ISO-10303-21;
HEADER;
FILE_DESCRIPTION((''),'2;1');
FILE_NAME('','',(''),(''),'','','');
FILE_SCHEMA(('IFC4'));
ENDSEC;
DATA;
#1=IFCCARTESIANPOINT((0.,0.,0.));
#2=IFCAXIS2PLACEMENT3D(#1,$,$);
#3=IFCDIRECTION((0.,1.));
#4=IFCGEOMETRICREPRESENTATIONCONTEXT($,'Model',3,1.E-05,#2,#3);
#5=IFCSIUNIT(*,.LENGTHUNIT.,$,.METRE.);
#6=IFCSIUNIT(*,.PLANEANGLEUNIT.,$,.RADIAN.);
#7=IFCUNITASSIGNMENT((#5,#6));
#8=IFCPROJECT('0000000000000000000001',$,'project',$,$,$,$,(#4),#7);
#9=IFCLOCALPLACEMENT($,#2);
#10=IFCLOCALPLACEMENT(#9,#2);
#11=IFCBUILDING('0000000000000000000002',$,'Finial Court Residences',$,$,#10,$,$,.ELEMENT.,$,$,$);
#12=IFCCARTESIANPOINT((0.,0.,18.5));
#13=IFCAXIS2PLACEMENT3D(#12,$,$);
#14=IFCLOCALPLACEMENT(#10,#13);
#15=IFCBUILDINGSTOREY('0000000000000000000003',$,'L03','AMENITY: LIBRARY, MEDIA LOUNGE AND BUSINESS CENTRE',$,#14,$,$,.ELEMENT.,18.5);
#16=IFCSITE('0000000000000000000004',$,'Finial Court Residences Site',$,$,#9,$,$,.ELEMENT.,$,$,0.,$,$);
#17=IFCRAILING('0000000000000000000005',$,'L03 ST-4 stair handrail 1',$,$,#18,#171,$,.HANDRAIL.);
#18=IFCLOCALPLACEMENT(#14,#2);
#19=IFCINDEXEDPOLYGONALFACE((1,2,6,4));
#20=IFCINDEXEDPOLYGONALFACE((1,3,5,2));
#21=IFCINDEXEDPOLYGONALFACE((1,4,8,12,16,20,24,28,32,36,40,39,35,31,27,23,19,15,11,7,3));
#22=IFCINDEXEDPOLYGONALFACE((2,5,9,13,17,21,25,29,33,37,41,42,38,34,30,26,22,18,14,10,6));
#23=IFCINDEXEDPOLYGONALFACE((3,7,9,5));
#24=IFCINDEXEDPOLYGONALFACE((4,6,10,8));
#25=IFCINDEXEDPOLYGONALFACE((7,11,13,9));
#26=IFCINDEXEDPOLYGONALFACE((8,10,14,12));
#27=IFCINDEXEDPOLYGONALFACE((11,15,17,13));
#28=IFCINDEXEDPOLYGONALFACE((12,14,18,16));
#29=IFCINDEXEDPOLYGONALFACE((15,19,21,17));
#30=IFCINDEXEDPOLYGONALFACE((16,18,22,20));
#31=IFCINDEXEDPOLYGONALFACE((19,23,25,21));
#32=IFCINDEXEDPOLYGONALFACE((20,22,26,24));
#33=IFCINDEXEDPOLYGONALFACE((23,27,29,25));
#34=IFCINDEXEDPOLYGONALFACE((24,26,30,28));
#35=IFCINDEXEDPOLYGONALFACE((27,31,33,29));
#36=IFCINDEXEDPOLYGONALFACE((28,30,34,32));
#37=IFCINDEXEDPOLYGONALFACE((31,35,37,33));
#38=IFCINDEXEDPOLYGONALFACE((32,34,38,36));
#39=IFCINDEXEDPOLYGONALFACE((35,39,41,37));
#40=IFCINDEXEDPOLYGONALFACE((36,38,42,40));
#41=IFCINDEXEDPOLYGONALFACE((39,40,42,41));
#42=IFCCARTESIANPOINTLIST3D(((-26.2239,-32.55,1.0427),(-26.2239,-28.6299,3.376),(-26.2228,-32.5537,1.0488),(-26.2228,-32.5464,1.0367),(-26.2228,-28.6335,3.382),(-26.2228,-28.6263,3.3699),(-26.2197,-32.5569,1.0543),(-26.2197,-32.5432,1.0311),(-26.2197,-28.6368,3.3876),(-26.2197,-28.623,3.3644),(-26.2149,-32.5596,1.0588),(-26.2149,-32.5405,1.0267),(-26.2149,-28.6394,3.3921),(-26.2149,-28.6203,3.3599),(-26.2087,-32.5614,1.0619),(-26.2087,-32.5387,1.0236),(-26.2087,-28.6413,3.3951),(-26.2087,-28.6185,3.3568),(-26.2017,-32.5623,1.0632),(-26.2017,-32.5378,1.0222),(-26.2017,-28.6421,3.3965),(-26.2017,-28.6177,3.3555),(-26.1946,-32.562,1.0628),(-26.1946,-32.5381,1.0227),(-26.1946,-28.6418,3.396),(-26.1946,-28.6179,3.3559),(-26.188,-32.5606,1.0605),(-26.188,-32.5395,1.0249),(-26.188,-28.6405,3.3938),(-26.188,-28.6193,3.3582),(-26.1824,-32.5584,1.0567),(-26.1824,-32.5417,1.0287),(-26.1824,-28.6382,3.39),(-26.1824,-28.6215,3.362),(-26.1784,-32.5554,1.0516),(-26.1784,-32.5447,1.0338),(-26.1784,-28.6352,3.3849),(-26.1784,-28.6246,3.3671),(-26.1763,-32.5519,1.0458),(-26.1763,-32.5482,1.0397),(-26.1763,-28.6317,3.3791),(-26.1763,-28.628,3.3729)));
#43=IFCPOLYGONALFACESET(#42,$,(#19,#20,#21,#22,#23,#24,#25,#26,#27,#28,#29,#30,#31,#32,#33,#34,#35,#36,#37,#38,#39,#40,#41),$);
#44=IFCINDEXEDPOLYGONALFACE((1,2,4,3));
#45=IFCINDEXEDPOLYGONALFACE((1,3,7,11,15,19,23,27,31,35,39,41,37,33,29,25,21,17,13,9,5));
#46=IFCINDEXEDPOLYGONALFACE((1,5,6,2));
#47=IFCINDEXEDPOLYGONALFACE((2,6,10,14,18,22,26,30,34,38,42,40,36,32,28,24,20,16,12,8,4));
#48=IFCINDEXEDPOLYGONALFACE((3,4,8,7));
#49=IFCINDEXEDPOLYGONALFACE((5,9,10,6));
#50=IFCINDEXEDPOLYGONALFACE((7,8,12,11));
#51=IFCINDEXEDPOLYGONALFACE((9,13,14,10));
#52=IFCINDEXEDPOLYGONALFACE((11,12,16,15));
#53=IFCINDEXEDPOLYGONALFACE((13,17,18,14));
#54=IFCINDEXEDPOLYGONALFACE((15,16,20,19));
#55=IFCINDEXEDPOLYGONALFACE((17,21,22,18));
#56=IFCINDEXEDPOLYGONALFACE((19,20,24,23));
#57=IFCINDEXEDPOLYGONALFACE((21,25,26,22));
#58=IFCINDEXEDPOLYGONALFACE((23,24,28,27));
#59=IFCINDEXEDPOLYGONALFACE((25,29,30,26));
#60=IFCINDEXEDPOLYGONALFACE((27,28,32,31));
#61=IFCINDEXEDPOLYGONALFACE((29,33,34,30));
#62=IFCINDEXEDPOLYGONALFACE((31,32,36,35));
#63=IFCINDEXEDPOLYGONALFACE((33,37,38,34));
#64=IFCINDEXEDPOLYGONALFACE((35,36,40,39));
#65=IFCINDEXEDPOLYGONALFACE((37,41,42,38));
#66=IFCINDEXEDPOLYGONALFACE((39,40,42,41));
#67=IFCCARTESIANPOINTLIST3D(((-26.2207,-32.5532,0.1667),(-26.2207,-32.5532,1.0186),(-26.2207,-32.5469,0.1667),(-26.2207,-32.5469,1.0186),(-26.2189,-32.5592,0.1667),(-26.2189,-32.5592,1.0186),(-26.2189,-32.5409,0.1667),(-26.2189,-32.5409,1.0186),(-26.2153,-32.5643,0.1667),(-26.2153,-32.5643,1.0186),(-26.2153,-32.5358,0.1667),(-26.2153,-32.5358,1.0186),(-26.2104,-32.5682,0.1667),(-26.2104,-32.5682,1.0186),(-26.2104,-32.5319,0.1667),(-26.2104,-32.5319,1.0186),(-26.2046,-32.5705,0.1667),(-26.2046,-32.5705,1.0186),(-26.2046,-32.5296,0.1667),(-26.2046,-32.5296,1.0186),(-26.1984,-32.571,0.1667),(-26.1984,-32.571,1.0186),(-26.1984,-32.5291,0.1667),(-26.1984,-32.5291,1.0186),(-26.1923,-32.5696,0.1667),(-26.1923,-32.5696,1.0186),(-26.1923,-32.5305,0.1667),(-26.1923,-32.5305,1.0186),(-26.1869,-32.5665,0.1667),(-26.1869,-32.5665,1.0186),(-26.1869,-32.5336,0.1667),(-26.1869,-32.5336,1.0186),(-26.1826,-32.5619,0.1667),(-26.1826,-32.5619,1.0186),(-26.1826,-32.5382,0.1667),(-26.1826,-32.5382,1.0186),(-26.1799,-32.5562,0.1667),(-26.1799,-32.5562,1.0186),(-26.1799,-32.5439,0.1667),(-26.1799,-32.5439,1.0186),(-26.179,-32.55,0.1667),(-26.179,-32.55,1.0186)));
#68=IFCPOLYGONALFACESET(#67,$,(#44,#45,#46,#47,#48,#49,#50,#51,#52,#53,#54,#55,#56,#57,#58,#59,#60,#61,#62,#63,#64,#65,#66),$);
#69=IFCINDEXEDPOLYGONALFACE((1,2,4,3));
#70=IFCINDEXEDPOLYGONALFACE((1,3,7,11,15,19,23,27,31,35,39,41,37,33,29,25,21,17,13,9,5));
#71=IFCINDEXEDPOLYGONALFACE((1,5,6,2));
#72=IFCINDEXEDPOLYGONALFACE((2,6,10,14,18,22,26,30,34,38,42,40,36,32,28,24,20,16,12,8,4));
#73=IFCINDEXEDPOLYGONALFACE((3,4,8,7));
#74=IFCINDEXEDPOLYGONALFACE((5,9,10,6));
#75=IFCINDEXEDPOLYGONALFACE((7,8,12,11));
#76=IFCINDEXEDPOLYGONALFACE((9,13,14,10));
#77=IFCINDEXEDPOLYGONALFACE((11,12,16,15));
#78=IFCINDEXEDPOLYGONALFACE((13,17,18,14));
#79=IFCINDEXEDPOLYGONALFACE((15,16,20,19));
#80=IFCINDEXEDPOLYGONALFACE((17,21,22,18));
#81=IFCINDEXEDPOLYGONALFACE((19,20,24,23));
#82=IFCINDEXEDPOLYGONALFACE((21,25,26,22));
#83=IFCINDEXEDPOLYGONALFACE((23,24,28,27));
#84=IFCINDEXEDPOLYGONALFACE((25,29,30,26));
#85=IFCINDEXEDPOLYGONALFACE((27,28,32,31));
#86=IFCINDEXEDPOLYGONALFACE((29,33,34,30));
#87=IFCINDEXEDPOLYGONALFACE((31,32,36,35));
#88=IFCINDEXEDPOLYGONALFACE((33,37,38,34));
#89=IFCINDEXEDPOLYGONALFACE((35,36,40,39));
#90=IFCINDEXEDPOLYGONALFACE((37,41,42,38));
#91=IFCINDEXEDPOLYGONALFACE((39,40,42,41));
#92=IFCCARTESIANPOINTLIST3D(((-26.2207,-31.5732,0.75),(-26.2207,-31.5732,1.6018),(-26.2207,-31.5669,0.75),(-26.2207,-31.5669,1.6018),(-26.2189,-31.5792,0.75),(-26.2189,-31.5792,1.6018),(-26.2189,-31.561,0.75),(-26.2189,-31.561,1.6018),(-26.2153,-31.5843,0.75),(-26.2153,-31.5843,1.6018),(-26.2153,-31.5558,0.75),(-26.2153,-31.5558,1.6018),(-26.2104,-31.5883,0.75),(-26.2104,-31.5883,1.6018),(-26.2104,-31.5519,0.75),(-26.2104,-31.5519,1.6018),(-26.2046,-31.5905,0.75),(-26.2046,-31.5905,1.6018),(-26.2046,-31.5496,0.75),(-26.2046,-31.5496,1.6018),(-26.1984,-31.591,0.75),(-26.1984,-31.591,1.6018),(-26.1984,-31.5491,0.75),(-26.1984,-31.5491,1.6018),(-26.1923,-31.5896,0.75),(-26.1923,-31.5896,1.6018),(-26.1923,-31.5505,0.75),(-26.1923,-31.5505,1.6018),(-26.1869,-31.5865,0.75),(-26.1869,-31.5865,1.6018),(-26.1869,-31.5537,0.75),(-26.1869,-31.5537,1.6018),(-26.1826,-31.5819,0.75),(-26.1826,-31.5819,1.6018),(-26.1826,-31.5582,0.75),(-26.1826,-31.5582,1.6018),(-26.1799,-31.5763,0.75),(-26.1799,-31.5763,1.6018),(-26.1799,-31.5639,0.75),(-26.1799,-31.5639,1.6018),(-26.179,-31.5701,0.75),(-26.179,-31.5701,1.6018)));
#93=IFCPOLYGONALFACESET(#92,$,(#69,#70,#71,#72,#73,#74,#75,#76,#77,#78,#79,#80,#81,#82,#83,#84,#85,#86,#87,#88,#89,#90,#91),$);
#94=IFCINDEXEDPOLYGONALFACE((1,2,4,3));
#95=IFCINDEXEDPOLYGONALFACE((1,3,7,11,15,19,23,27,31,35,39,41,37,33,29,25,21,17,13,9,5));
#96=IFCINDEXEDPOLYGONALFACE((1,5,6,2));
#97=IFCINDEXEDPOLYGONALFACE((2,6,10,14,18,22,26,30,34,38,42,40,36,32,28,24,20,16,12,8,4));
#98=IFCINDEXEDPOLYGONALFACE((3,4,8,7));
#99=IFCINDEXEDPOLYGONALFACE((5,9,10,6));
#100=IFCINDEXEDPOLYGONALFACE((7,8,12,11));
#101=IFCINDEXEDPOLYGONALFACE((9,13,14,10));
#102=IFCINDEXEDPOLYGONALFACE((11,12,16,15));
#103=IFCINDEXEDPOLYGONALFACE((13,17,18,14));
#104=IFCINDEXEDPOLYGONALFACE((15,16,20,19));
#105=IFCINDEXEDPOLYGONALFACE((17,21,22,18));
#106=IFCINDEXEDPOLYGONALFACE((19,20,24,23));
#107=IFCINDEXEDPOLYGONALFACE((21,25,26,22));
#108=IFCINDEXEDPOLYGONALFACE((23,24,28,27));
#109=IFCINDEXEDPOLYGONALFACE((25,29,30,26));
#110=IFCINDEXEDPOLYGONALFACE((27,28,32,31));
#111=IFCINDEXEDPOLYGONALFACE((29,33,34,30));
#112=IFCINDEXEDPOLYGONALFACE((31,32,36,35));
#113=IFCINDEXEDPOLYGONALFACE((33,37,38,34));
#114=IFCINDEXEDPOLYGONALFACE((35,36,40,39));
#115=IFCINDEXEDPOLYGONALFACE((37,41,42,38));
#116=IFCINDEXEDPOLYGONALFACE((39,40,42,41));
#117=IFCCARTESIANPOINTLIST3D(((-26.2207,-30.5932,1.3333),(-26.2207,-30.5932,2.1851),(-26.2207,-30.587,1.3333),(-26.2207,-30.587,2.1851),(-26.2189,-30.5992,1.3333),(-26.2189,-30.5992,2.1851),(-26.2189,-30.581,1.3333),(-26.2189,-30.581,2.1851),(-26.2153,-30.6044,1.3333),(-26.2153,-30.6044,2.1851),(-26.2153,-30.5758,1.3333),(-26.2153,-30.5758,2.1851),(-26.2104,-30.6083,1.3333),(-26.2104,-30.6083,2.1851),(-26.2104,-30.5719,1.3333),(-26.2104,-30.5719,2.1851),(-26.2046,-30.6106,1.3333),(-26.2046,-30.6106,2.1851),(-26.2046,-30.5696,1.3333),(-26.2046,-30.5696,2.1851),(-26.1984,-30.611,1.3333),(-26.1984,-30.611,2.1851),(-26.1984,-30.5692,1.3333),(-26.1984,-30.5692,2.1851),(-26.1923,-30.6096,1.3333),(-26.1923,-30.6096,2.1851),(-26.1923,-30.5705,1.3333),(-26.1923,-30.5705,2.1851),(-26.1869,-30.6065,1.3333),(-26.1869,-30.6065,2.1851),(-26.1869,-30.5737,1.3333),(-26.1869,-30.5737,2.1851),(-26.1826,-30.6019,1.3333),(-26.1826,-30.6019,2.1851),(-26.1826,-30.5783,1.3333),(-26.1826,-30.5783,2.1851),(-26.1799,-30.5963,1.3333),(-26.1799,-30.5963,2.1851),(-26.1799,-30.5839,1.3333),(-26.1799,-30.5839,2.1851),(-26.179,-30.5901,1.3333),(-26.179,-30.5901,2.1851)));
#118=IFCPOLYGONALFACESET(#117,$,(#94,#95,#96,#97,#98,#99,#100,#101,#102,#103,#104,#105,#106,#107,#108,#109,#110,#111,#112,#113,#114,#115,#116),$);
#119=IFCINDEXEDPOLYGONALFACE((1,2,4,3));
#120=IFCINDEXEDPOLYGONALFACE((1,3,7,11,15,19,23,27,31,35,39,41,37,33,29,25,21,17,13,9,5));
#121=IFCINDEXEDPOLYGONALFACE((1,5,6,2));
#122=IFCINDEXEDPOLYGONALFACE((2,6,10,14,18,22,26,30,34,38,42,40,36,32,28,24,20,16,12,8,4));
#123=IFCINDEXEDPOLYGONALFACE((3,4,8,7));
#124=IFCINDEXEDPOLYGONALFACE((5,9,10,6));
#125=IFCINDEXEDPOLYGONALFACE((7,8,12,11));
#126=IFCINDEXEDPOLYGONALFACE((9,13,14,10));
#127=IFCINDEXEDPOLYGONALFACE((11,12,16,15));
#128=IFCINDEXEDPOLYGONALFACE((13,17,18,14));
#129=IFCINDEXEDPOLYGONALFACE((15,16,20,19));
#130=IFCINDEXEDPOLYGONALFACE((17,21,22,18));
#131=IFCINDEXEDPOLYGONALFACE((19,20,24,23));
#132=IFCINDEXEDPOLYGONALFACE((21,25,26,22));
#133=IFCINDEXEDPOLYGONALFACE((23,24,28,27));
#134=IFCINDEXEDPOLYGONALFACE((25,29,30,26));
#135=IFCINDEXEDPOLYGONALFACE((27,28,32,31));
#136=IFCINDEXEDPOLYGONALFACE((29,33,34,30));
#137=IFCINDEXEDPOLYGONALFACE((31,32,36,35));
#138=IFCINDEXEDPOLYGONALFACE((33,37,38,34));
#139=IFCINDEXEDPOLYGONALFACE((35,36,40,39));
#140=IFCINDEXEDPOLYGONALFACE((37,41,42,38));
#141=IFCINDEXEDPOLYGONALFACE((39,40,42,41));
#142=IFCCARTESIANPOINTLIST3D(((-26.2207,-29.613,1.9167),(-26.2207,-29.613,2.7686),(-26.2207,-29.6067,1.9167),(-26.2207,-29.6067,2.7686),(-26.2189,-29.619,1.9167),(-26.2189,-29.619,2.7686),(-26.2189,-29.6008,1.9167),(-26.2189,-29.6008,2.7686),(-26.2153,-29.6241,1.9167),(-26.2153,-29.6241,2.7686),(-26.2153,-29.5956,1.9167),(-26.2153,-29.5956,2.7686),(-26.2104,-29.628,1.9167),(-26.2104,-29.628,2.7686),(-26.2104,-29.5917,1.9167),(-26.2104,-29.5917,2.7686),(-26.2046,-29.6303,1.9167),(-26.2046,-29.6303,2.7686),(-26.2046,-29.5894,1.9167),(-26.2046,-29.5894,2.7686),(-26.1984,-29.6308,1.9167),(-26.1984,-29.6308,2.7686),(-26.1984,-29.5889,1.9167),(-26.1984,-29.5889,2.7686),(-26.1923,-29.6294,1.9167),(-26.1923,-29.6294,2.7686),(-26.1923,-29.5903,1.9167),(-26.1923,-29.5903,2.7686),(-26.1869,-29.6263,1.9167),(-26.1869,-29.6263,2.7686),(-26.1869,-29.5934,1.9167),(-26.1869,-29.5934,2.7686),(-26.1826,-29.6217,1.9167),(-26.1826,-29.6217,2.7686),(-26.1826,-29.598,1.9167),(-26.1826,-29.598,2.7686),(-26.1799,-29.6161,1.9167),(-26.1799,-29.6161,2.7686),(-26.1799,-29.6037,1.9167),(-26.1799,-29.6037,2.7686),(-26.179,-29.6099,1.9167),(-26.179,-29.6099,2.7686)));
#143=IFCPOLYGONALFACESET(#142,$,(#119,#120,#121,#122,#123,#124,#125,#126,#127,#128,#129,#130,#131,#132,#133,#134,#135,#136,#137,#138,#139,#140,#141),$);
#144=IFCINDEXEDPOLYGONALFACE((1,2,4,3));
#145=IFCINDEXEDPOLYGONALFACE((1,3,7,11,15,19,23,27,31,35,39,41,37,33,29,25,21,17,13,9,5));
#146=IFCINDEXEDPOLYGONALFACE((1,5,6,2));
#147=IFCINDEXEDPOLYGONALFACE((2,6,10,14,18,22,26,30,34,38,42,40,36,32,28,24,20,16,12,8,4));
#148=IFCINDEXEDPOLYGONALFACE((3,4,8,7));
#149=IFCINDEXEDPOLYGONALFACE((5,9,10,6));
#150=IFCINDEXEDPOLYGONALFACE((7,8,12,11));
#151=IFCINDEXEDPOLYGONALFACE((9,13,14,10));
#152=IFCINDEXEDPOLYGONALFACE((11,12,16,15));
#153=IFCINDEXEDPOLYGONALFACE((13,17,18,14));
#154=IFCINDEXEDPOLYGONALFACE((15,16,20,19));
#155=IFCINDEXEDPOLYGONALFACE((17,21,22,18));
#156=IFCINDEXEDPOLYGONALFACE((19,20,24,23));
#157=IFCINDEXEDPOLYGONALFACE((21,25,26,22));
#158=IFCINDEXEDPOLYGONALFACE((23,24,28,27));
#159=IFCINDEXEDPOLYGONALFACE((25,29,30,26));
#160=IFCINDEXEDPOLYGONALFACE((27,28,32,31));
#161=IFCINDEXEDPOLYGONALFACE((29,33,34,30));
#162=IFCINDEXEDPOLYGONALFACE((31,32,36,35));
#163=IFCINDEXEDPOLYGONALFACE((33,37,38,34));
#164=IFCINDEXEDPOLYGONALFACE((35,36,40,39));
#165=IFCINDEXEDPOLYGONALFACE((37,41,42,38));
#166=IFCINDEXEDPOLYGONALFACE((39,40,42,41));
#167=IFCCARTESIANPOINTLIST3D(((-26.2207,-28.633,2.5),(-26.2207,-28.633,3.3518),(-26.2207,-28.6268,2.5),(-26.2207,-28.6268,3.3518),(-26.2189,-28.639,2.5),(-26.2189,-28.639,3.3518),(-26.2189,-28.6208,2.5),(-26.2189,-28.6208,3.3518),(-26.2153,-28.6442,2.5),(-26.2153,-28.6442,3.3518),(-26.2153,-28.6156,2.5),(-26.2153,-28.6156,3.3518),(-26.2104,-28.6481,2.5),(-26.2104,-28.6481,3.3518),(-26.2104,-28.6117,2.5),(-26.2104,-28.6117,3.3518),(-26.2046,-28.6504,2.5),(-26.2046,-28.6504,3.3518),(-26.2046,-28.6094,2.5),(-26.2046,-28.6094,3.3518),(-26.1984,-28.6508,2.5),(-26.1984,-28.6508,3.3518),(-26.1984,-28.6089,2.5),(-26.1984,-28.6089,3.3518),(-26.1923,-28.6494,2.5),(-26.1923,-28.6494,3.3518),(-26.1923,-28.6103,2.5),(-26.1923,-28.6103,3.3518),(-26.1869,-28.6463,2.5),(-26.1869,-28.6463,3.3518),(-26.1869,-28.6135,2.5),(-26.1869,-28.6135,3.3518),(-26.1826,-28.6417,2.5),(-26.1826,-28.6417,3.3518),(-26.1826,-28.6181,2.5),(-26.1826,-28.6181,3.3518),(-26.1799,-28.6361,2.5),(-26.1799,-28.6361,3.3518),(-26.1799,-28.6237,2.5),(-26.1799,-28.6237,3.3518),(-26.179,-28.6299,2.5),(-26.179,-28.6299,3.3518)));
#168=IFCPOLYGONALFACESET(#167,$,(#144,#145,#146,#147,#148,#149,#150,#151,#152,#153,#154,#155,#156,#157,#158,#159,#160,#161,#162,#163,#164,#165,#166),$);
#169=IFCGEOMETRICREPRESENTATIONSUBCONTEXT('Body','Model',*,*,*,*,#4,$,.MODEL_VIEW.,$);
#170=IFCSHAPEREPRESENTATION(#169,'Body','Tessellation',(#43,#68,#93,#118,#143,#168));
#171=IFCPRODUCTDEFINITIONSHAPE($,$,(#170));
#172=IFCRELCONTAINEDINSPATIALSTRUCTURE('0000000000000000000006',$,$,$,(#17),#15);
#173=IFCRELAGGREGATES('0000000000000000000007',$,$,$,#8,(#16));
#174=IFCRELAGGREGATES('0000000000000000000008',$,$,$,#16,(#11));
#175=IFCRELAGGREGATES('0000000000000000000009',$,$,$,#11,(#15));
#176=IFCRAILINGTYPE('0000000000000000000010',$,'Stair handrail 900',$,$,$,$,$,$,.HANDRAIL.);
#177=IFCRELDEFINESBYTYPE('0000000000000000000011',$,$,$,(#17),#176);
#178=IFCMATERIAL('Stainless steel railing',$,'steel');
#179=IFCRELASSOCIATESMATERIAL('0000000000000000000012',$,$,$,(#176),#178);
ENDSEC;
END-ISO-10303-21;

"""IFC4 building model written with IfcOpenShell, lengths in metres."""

from ifc_helpers import new_model, si_unit, direction, frame, origin, origin_2d, place, context, subcontext, project, spatial, circle, extrude, material, type_object, element, save


model = new_model("IFC4")

# Units and contexts
model_context = context("Model", 3, precision=1e-05, world=origin(), true_north=direction((0.0, 1.0)))
body_context = subcontext(model_context, "Body", "Model", "MODEL_VIEW")
ifc_project = project(units=[si_unit("LENGTHUNIT", "METRE"), si_unit("PLANEANGLEUNIT", "RADIAN")], contexts=[model_context])

# Site, building, storey
site_placement = place(None, origin())
site = spatial("IfcSite", under=ifc_project, at=site_placement, Name="Finial Court Residences Site", CompositionType="ELEMENT", RefElevation=0.0)
building_placement = place(site_placement, origin())
building = spatial("IfcBuilding", under=site, at=building_placement, Name="Finial Court Residences", CompositionType="ELEMENT")
storey_placement = place(building_placement, frame((0.0, 0.0, 18.5)))
storey = spatial("IfcBuildingStorey", under=building, at=storey_placement, Name="L03", Description="AMENITY: LIBRARY, MEDIA LOUNGE AND BUSINESS CENTRE", CompositionType="ELEMENT", Elevation=18.5)

# Railing
ifc_material_1 = material(Name="Stainless steel railing", Category="steel")
railing_type_1 = type_object("IfcRailingType", Name="Stair handrail 900", PredefinedType="HANDRAIL", material=ifc_material_1)
railing_1_placement = place(storey_placement, frame((-26.2, -32.55, 0.1667)))
element("IfcRailing", 1, at=railing_1_placement, inside=storey, type_object=railing_type_1, Name="L03 ST-4 stair handrail 1", PredefinedType="HANDRAIL", context=body_context, shape_type="SweptSolid", body=[
    extrude(circle(Radius=0.0239, at=origin_2d()), frame((0.0, 0.0, 0.876), z_axis=(0.0, 0.85931, 0.511455), x_axis=(-1.0, 0.0, 0.0)), (0.0, 0.0, 1.0), 4.562),
    extrude(circle(Radius=0.021, at=origin_2d()), origin(), (0.0, 0.0, 1.0), 0.8518),
    extrude(circle(Radius=0.021, at=origin_2d()), frame((0.0, 0.98, 0.5833)), (0.0, 0.0, 1.0), 0.8518),
    extrude(circle(Radius=0.021, at=origin_2d()), frame((0.0, 1.96, 1.1665)), (0.0, 0.0, 1.0), 0.8518),
    extrude(circle(Radius=0.021, at=origin_2d()), frame((0.0, 2.9402, 1.75)), (0.0, 0.0, 1.0), 0.8518),
    extrude(circle(Radius=0.021, at=origin_2d()), frame((0.0, 3.9202, 2.3333)), (0.0, 0.0, 1.0), 0.8518),
])

save(model, "model.ifc")
